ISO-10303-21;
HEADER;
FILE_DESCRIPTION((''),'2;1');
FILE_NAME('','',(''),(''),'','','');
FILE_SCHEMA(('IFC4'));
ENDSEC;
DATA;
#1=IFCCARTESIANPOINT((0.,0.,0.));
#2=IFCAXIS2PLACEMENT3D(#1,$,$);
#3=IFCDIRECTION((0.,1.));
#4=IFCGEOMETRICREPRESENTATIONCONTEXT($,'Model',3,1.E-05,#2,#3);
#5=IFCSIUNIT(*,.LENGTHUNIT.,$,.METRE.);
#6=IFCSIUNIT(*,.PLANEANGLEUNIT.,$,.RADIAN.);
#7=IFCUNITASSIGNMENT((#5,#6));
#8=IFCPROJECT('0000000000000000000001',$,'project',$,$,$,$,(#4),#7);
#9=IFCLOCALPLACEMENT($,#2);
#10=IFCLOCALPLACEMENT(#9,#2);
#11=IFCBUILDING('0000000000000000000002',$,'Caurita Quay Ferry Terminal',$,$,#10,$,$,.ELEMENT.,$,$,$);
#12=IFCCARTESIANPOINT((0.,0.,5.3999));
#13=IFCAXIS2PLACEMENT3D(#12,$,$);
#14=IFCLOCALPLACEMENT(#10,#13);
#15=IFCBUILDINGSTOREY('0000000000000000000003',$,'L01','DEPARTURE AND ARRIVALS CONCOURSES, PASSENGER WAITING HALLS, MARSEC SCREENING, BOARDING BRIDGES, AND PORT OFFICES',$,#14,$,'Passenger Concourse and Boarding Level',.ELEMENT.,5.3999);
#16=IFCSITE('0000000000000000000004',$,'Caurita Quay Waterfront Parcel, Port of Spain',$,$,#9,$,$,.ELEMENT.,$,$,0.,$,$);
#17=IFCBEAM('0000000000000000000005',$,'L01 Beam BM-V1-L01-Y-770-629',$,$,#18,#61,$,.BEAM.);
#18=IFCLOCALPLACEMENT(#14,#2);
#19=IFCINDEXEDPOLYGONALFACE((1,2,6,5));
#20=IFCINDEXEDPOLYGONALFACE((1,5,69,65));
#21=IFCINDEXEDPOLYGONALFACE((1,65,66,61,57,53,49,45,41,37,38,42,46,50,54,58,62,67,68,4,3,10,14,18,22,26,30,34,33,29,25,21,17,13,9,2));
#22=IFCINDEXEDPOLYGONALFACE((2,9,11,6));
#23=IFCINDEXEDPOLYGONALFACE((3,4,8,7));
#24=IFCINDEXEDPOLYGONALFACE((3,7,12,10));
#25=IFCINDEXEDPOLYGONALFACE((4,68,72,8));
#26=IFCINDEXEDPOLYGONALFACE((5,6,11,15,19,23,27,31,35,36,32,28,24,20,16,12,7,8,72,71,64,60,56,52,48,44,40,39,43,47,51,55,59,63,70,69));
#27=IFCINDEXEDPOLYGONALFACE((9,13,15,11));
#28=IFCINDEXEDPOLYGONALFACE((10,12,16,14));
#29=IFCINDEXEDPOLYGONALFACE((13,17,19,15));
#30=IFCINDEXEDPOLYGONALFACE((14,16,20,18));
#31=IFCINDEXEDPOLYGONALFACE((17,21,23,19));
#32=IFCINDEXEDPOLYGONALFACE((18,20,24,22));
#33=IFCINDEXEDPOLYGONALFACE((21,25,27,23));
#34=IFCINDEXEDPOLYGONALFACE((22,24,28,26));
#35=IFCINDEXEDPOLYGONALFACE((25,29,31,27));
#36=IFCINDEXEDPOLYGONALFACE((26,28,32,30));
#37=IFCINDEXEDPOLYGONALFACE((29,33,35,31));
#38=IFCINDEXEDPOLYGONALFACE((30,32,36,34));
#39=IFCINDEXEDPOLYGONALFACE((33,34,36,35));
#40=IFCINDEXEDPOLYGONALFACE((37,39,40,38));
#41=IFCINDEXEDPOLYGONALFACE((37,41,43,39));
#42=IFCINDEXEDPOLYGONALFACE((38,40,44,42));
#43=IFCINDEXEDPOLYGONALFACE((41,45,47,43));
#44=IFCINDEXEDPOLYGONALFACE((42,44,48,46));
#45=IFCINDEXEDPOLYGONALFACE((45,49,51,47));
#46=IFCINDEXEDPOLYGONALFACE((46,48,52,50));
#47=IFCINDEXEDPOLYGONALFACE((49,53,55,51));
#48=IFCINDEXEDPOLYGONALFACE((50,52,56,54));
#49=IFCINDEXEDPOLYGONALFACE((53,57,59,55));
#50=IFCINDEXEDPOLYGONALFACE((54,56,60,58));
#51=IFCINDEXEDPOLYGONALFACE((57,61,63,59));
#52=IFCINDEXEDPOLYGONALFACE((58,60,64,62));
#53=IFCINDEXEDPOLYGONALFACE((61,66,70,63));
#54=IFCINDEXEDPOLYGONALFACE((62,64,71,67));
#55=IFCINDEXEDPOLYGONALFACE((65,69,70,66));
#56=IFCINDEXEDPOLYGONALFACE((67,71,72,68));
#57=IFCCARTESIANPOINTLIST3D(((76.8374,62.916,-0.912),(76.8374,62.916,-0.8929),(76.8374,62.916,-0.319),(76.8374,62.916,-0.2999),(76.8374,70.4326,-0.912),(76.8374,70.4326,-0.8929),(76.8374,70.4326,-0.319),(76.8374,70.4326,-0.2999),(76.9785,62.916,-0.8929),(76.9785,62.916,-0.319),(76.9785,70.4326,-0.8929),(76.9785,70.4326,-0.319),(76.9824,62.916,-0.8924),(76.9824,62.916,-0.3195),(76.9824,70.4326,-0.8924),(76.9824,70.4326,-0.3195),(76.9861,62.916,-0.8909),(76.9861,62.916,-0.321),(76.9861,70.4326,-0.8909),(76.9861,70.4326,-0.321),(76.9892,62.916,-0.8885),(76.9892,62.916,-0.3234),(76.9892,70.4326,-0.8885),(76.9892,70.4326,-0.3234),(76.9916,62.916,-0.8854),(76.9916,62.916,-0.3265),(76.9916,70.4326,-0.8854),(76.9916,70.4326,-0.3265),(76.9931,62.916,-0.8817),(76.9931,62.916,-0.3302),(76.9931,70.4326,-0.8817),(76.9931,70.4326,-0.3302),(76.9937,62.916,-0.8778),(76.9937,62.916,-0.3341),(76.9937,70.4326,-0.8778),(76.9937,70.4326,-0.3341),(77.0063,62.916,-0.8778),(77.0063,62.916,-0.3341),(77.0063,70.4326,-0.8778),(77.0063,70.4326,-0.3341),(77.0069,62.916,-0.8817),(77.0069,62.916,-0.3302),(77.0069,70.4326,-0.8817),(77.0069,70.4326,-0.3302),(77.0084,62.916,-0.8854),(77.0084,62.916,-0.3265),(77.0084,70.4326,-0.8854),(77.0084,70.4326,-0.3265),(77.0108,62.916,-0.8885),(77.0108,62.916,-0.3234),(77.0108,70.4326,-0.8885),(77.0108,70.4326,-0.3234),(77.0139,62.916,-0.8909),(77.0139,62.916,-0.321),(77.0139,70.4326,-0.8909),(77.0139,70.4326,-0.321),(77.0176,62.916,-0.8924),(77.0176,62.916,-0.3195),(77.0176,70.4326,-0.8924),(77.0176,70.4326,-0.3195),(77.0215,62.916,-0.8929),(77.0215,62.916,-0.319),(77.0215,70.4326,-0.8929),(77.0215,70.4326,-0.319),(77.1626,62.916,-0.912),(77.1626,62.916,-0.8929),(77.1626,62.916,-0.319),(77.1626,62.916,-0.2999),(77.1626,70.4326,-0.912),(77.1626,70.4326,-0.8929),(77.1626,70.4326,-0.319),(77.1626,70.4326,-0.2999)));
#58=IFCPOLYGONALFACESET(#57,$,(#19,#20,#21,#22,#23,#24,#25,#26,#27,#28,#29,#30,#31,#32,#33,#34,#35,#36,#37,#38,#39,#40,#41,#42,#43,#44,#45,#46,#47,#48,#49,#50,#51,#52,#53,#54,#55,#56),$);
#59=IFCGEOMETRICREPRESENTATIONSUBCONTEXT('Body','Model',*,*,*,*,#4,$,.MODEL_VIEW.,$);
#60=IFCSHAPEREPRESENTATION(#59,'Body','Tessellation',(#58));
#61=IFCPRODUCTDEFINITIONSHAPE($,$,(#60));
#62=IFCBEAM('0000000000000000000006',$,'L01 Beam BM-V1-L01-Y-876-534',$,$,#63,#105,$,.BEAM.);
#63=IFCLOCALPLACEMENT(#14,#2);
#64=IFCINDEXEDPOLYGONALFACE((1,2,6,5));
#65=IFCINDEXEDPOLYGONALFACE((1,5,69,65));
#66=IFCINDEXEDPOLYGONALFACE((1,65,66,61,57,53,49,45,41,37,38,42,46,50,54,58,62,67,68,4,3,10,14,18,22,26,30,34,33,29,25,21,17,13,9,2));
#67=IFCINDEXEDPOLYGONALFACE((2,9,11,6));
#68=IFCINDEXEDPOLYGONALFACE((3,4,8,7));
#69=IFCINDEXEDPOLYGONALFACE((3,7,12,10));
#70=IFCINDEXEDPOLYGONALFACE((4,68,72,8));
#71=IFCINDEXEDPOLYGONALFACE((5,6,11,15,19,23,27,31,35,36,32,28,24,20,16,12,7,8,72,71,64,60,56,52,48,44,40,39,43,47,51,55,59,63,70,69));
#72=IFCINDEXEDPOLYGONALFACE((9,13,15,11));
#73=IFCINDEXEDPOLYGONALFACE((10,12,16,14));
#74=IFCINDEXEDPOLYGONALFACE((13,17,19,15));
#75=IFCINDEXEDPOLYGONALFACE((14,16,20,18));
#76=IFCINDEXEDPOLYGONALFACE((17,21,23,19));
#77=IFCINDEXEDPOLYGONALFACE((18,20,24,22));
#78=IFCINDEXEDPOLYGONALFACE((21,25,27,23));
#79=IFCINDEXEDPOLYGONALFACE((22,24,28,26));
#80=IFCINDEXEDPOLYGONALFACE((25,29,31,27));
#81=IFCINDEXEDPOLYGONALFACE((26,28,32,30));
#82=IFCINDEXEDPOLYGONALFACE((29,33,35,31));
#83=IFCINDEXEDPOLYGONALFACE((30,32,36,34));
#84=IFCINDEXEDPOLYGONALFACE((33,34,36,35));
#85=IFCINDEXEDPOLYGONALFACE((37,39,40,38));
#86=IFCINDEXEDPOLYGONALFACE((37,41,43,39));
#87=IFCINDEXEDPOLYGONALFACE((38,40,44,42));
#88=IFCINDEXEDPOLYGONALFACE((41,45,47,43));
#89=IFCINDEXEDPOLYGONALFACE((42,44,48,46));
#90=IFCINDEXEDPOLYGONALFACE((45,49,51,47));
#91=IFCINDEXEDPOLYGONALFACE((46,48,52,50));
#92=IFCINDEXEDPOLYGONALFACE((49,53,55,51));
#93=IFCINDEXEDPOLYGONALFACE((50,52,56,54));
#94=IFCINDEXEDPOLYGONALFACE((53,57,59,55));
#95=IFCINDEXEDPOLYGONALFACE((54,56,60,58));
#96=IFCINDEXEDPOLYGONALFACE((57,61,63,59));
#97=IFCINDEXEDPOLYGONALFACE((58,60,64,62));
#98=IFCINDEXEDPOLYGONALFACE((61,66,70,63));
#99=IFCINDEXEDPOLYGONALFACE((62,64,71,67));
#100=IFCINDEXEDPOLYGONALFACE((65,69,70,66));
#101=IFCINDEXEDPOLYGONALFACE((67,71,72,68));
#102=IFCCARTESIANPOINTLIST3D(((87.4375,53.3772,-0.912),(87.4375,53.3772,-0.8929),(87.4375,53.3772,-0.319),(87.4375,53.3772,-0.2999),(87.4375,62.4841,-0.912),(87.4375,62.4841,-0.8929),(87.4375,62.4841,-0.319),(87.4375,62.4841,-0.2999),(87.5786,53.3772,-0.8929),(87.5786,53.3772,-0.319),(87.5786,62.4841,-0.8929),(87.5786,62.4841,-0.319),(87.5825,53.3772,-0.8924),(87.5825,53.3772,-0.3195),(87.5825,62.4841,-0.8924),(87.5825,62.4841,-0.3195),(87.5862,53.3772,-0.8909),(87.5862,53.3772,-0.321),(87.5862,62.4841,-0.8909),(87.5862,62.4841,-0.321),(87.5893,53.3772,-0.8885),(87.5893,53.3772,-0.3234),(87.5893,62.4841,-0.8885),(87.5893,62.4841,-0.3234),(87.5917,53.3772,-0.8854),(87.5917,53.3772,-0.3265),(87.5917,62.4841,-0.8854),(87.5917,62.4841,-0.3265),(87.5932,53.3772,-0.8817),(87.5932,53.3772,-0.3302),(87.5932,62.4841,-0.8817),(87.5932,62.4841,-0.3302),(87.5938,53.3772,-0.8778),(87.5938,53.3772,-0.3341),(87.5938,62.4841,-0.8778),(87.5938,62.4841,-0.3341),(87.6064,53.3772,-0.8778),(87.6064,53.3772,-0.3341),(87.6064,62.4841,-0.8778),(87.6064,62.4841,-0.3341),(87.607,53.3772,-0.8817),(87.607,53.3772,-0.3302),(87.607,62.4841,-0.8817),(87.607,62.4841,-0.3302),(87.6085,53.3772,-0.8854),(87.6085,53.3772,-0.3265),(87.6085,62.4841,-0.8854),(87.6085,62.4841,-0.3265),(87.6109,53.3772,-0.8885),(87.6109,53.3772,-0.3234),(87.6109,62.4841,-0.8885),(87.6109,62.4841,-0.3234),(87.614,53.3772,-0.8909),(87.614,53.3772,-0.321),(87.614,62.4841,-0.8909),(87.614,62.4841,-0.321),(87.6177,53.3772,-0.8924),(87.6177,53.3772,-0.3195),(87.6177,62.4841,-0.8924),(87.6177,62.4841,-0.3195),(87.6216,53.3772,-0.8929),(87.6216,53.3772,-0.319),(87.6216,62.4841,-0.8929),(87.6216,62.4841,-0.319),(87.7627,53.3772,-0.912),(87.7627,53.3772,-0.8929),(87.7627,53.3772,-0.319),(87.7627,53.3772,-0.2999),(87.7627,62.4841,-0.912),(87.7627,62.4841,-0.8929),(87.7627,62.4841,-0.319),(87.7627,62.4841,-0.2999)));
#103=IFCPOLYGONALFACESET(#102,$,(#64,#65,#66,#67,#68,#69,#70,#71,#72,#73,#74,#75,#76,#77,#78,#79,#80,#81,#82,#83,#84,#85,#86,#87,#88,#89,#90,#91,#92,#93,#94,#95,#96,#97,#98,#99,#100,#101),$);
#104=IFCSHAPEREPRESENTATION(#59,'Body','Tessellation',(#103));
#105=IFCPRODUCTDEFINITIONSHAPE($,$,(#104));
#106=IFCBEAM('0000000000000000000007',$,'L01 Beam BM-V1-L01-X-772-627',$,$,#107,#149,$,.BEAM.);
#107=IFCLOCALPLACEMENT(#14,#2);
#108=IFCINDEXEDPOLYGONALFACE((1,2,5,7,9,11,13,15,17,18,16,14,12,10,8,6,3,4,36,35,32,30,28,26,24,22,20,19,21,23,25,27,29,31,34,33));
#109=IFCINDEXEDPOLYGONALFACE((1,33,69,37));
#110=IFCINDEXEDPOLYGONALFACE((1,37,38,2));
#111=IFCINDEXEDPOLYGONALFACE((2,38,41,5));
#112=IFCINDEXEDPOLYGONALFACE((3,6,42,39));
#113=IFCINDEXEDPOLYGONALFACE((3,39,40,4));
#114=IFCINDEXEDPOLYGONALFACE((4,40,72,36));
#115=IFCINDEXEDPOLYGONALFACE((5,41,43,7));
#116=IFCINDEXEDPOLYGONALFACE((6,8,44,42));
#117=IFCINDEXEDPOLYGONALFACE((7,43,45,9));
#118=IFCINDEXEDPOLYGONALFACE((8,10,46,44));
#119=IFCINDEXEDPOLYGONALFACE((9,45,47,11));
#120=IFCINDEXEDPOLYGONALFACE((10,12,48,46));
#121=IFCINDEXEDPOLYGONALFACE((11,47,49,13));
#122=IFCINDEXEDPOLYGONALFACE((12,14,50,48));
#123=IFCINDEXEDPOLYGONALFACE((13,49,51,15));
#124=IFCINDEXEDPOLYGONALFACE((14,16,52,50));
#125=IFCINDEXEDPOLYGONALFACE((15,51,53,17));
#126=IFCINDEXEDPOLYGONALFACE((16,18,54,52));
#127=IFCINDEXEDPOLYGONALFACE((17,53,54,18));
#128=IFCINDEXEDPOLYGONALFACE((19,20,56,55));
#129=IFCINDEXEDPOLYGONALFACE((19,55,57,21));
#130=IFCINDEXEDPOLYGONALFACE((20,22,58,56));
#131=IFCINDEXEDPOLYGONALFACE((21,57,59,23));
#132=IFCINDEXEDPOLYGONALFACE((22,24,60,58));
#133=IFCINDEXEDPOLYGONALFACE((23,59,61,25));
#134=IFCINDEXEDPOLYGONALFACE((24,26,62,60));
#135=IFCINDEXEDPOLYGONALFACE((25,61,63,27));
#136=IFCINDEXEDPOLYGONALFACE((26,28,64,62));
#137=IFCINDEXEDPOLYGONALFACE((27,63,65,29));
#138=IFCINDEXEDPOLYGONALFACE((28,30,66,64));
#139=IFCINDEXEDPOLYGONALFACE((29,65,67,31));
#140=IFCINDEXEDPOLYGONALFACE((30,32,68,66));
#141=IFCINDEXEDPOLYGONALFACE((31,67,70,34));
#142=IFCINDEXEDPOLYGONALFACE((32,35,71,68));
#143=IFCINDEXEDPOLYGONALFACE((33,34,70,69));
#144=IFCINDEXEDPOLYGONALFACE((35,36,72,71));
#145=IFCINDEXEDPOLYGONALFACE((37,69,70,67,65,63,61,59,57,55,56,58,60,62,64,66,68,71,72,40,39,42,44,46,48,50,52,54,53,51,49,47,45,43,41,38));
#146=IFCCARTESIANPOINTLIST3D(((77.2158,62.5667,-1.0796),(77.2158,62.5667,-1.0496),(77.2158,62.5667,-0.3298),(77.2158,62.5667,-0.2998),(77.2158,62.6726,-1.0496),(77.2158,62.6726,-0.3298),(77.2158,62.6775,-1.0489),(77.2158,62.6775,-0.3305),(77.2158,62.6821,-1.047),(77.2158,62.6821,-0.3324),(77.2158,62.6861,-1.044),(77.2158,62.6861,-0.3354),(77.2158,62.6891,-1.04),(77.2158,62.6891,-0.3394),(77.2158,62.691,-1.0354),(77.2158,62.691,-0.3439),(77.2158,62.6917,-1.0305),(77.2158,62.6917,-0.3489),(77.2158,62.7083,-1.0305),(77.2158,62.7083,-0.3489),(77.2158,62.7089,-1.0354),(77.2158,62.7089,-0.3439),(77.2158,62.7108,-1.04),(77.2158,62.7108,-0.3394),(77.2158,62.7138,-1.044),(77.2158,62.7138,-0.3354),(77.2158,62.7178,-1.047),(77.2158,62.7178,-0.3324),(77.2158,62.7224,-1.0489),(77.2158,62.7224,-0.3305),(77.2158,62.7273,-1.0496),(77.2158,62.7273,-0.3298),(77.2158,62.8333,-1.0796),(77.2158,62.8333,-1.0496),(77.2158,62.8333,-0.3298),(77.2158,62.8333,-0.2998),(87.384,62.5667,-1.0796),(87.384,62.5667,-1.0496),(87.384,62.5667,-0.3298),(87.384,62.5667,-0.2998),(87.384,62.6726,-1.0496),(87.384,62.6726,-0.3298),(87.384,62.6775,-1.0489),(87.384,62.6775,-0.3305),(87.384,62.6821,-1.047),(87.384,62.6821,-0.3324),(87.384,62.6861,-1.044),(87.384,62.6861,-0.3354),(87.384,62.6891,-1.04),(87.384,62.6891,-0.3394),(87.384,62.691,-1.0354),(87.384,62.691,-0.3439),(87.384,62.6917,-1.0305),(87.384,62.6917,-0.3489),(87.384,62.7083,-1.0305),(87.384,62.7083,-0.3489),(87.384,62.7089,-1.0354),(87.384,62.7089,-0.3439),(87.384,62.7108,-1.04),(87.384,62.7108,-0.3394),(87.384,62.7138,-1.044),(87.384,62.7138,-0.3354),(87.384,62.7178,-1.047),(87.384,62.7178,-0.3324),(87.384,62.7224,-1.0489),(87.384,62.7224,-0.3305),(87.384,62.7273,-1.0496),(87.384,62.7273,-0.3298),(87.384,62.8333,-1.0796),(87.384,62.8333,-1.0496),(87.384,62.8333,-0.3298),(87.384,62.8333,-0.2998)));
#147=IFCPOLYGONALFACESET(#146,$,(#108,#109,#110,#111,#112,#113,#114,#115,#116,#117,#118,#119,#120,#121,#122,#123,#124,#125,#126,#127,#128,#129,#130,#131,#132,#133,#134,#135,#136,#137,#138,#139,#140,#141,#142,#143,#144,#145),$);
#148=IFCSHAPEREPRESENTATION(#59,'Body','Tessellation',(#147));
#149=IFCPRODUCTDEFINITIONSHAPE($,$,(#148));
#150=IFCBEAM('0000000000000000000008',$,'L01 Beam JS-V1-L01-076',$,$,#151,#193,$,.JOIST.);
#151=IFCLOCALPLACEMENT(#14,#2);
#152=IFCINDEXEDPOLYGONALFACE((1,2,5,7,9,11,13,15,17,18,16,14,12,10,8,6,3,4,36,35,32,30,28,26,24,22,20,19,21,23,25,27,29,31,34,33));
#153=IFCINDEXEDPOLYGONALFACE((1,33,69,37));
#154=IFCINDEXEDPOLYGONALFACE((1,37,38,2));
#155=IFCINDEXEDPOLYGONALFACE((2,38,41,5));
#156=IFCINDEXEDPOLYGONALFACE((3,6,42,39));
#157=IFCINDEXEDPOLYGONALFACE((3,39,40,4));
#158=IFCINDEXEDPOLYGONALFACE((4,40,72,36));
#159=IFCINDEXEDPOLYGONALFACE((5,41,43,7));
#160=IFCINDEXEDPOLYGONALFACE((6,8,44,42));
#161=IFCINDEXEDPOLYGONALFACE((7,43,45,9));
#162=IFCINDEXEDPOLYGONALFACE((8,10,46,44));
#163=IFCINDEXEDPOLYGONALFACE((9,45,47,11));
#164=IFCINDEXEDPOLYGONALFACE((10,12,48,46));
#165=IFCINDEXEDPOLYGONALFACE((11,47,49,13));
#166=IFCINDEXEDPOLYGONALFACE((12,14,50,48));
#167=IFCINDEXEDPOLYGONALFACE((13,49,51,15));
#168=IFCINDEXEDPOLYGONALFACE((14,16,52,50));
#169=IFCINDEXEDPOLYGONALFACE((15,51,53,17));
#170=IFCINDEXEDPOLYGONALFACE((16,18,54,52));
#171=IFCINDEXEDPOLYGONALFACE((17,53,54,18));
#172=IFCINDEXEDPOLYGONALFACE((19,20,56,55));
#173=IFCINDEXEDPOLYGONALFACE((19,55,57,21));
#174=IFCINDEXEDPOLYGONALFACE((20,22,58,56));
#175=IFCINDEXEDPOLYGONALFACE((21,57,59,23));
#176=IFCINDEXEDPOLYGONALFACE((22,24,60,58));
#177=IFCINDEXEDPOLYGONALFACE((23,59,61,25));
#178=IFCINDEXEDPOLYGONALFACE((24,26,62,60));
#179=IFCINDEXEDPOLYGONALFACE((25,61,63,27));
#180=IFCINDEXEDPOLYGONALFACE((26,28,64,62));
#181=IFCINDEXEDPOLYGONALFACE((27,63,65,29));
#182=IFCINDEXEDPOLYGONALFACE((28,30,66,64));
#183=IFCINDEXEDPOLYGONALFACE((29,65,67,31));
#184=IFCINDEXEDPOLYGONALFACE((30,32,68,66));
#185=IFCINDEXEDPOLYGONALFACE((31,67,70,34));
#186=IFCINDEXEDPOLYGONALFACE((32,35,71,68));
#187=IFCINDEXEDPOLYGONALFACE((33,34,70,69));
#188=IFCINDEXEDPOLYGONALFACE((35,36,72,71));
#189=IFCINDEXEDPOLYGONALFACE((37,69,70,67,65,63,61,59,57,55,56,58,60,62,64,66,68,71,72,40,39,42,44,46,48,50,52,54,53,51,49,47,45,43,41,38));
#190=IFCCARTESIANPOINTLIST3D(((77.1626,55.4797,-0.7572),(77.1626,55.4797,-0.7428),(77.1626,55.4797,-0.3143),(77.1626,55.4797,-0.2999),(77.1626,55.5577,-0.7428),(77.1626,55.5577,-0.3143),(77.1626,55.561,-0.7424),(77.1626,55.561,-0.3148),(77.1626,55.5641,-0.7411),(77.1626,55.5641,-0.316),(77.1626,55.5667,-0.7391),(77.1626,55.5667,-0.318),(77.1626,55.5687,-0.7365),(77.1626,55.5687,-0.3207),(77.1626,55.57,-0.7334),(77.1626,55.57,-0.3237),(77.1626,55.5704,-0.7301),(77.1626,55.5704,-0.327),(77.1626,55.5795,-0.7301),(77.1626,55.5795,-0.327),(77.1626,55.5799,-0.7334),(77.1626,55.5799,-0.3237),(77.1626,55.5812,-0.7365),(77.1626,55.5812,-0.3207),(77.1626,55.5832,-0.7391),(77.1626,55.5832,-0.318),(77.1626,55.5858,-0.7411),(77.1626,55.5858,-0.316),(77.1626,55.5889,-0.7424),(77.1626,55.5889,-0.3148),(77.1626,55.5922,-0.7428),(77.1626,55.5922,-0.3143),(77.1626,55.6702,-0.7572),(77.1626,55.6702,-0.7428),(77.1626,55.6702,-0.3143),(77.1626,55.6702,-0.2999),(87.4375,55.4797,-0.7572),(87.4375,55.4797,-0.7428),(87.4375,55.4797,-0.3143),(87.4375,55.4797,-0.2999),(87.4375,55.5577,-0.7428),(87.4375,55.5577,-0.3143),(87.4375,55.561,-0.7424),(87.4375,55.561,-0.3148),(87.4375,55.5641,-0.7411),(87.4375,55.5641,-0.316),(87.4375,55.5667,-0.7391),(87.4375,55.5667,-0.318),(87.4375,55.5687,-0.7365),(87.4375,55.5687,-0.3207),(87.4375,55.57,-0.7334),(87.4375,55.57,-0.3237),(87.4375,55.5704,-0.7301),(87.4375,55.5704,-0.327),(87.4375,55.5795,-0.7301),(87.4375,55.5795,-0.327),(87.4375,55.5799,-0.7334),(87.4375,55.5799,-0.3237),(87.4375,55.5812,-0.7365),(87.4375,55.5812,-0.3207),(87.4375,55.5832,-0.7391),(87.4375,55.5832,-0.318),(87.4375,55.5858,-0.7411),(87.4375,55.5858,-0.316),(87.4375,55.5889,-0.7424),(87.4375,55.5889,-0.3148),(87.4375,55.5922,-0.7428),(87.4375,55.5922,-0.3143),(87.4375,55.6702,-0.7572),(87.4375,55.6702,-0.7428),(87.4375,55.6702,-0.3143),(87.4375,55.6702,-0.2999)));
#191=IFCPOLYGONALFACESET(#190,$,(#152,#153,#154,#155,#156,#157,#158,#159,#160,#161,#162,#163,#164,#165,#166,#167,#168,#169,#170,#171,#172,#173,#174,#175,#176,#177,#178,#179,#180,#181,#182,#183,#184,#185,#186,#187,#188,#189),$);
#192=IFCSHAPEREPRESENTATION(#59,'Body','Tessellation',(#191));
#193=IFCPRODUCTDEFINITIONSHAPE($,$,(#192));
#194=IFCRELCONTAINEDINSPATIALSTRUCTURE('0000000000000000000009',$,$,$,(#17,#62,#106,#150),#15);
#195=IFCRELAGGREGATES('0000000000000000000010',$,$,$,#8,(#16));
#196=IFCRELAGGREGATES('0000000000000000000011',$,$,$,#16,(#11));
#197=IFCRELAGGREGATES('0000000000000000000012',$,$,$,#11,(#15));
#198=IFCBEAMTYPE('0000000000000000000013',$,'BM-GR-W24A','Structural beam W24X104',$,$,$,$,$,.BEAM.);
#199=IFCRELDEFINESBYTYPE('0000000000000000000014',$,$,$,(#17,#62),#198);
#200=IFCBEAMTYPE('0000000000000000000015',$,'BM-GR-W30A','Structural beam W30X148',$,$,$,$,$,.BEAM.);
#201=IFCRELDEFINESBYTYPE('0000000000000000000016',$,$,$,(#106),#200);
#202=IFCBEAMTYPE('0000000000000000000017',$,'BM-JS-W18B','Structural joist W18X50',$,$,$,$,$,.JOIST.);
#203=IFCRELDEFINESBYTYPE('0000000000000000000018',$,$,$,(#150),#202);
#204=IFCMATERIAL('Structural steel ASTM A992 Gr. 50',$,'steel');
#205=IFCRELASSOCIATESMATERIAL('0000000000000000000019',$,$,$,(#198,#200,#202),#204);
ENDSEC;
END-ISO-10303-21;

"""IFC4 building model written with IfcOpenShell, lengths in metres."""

from ifc_helpers import new_model, si_unit, direction, frame, origin, origin_2d, place, context, subcontext, project, spatial, i_section, extrude, material, material_profile, profile_set, type_object, element, save


model = new_model("IFC4")

# Units and contexts
model_context = context("Model", 3, precision=1e-05, world=origin(), true_north=direction((0.0, 1.0)))
body_context = subcontext(model_context, "Body", "Model", "MODEL_VIEW")
ifc_project = project(units=[si_unit("LENGTHUNIT", "METRE"), si_unit("PLANEANGLEUNIT", "RADIAN")], contexts=[model_context])

# Site, building, storey
site_placement = place(None, origin())
site = spatial("IfcSite", under=ifc_project, at=site_placement, Name="Caurita Quay Waterfront Parcel, Port of Spain", CompositionType="ELEMENT", RefElevation=0.0)
building_placement = place(site_placement, origin())
building = spatial("IfcBuilding", under=site, at=building_placement, Name="Caurita Quay Ferry Terminal", CompositionType="ELEMENT")
storey_placement = place(building_placement, frame((0.0, 0.0, 5.3999)))
storey = spatial("IfcBuildingStorey", under=building, at=storey_placement, Name="L01", Description="DEPARTURE AND ARRIVALS CONCOURSES, PASSENGER WAITING HALLS, MARSEC SCREENING, BOARDING BRIDGES, AND PORT OFFICES", LongName="Passenger Concourse and Boarding Level", CompositionType="ELEMENT", Elevation=5.3999)

# Shared definitions
ifc_material_1 = material(Name="Structural steel ASTM A992 Gr. 50", Category="steel")

# Beams
ifc_material_profile_1 = material_profile(ifc_material_1, i_section(OverallWidth=0.3252, OverallDepth=0.6121, WebThickness=0.0127, FlangeThickness=0.019, FilletRadius=0.0151, at=origin_2d()), Name="W24X104")
ifc_profile_set_1 = profile_set([ifc_material_profile_1], Name="Structural steel ASTM A992 Gr. 50")
beam_type_1 = type_object("IfcBeamType", Name="BM-GR-W24A", Description="Structural beam W24X104", PredefinedType="BEAM", material=ifc_profile_set_1)
beam_1_placement = place(storey_placement, frame((77.0, 62.916, -0.606), z_axis=(0.0, 1.0, 0.0), x_axis=(-1.0, 0.0, 0.0)))
element("IfcBeam", 1, at=beam_1_placement, inside=storey, type_object=beam_type_1, Name="L01 Beam BM-V1-L01-Y-770-629", PredefinedType="BEAM", context=body_context, shape_type="SweptSolid", body=[
    extrude(i_section(OverallWidth=0.3252, OverallDepth=0.6121, WebThickness=0.0127, FlangeThickness=0.019, FilletRadius=0.0151, at=origin_2d()), origin(), (0.0, 0.0, 1.0), 7.5166),
])
beam_2_placement = place(storey_placement, frame((87.6001, 53.3772, -0.606), z_axis=(0.0, 1.0, 0.0), x_axis=(-1.0, 0.0, 0.0)))
element("IfcBeam", 2, at=beam_2_placement, inside=storey, type_object=beam_type_1, Name="L01 Beam BM-V1-L01-Y-876-534", PredefinedType="BEAM", context=body_context, shape_type="SweptSolid", body=[
    extrude(i_section(OverallWidth=0.3252, OverallDepth=0.6121, WebThickness=0.0127, FlangeThickness=0.019, FilletRadius=0.0151, at=origin_2d()), origin(), (0.0, 0.0, 1.0), 9.1069),
])
ifc_material_profile_2 = material_profile(ifc_material_1, i_section(OverallWidth=0.2666, OverallDepth=0.7798, WebThickness=0.0166, FlangeThickness=0.03, FilletRadius=0.019, at=origin_2d()), Name="W30X148")
ifc_profile_set_2 = profile_set([ifc_material_profile_2], Name="Structural steel ASTM A992 Gr. 50")
beam_type_2 = type_object("IfcBeamType", Name="BM-GR-W30A", Description="Structural beam W30X148", PredefinedType="BEAM", material=ifc_profile_set_2)
beam_3_placement = place(storey_placement, frame((77.2158, 62.7, -0.6897), z_axis=(1.0, 0.0, 0.0), x_axis=(0.0, 1.0, 0.0)))
element("IfcBeam", 3, at=beam_3_placement, inside=storey, type_object=beam_type_2, Name="L01 Beam BM-V1-L01-X-772-627", PredefinedType="BEAM", context=body_context, shape_type="SweptSolid", body=[
    extrude(i_section(OverallWidth=0.2666, OverallDepth=0.7798, WebThickness=0.0166, FlangeThickness=0.03, FilletRadius=0.019, at=origin_2d()), origin(), (0.0, 0.0, 1.0), 10.1682),
])
ifc_material_profile_3 = material_profile(ifc_material_1, i_section(OverallWidth=0.1904, OverallDepth=0.4573, WebThickness=0.009, FlangeThickness=0.0144, FilletRadius=0.0127, at=origin_2d()), Name="W18X50")
ifc_profile_set_3 = profile_set([ifc_material_profile_3], Name="Structural steel ASTM A992 Gr. 50")
beam_type_3 = type_object("IfcBeamType", Name="BM-JS-W18B", Description="Structural joist W18X50", PredefinedType="JOIST", material=ifc_profile_set_3)
for number, where, z_axis, x_axis, name in (
    (4, (77.1626, 55.575, -0.5286), (1.0, 0.0, 0.0), (0.0, 1.0, 0.0), "L01 Beam JS-V1-L01-076"),
):
    element("IfcBeam", number, at=place(storey_placement, frame(where, z_axis=z_axis, x_axis=x_axis)), inside=storey, type_object=beam_type_3, Name=name, PredefinedType="JOIST", context=body_context, shape_type="SweptSolid", body=[
        extrude(i_section(OverallWidth=0.1904, OverallDepth=0.4573, WebThickness=0.009, FlangeThickness=0.0144, FilletRadius=0.0127, at=origin_2d()), origin(), (0.0, 0.0, 1.0), 10.2749),
    ])

save(model, "model.ifc")
